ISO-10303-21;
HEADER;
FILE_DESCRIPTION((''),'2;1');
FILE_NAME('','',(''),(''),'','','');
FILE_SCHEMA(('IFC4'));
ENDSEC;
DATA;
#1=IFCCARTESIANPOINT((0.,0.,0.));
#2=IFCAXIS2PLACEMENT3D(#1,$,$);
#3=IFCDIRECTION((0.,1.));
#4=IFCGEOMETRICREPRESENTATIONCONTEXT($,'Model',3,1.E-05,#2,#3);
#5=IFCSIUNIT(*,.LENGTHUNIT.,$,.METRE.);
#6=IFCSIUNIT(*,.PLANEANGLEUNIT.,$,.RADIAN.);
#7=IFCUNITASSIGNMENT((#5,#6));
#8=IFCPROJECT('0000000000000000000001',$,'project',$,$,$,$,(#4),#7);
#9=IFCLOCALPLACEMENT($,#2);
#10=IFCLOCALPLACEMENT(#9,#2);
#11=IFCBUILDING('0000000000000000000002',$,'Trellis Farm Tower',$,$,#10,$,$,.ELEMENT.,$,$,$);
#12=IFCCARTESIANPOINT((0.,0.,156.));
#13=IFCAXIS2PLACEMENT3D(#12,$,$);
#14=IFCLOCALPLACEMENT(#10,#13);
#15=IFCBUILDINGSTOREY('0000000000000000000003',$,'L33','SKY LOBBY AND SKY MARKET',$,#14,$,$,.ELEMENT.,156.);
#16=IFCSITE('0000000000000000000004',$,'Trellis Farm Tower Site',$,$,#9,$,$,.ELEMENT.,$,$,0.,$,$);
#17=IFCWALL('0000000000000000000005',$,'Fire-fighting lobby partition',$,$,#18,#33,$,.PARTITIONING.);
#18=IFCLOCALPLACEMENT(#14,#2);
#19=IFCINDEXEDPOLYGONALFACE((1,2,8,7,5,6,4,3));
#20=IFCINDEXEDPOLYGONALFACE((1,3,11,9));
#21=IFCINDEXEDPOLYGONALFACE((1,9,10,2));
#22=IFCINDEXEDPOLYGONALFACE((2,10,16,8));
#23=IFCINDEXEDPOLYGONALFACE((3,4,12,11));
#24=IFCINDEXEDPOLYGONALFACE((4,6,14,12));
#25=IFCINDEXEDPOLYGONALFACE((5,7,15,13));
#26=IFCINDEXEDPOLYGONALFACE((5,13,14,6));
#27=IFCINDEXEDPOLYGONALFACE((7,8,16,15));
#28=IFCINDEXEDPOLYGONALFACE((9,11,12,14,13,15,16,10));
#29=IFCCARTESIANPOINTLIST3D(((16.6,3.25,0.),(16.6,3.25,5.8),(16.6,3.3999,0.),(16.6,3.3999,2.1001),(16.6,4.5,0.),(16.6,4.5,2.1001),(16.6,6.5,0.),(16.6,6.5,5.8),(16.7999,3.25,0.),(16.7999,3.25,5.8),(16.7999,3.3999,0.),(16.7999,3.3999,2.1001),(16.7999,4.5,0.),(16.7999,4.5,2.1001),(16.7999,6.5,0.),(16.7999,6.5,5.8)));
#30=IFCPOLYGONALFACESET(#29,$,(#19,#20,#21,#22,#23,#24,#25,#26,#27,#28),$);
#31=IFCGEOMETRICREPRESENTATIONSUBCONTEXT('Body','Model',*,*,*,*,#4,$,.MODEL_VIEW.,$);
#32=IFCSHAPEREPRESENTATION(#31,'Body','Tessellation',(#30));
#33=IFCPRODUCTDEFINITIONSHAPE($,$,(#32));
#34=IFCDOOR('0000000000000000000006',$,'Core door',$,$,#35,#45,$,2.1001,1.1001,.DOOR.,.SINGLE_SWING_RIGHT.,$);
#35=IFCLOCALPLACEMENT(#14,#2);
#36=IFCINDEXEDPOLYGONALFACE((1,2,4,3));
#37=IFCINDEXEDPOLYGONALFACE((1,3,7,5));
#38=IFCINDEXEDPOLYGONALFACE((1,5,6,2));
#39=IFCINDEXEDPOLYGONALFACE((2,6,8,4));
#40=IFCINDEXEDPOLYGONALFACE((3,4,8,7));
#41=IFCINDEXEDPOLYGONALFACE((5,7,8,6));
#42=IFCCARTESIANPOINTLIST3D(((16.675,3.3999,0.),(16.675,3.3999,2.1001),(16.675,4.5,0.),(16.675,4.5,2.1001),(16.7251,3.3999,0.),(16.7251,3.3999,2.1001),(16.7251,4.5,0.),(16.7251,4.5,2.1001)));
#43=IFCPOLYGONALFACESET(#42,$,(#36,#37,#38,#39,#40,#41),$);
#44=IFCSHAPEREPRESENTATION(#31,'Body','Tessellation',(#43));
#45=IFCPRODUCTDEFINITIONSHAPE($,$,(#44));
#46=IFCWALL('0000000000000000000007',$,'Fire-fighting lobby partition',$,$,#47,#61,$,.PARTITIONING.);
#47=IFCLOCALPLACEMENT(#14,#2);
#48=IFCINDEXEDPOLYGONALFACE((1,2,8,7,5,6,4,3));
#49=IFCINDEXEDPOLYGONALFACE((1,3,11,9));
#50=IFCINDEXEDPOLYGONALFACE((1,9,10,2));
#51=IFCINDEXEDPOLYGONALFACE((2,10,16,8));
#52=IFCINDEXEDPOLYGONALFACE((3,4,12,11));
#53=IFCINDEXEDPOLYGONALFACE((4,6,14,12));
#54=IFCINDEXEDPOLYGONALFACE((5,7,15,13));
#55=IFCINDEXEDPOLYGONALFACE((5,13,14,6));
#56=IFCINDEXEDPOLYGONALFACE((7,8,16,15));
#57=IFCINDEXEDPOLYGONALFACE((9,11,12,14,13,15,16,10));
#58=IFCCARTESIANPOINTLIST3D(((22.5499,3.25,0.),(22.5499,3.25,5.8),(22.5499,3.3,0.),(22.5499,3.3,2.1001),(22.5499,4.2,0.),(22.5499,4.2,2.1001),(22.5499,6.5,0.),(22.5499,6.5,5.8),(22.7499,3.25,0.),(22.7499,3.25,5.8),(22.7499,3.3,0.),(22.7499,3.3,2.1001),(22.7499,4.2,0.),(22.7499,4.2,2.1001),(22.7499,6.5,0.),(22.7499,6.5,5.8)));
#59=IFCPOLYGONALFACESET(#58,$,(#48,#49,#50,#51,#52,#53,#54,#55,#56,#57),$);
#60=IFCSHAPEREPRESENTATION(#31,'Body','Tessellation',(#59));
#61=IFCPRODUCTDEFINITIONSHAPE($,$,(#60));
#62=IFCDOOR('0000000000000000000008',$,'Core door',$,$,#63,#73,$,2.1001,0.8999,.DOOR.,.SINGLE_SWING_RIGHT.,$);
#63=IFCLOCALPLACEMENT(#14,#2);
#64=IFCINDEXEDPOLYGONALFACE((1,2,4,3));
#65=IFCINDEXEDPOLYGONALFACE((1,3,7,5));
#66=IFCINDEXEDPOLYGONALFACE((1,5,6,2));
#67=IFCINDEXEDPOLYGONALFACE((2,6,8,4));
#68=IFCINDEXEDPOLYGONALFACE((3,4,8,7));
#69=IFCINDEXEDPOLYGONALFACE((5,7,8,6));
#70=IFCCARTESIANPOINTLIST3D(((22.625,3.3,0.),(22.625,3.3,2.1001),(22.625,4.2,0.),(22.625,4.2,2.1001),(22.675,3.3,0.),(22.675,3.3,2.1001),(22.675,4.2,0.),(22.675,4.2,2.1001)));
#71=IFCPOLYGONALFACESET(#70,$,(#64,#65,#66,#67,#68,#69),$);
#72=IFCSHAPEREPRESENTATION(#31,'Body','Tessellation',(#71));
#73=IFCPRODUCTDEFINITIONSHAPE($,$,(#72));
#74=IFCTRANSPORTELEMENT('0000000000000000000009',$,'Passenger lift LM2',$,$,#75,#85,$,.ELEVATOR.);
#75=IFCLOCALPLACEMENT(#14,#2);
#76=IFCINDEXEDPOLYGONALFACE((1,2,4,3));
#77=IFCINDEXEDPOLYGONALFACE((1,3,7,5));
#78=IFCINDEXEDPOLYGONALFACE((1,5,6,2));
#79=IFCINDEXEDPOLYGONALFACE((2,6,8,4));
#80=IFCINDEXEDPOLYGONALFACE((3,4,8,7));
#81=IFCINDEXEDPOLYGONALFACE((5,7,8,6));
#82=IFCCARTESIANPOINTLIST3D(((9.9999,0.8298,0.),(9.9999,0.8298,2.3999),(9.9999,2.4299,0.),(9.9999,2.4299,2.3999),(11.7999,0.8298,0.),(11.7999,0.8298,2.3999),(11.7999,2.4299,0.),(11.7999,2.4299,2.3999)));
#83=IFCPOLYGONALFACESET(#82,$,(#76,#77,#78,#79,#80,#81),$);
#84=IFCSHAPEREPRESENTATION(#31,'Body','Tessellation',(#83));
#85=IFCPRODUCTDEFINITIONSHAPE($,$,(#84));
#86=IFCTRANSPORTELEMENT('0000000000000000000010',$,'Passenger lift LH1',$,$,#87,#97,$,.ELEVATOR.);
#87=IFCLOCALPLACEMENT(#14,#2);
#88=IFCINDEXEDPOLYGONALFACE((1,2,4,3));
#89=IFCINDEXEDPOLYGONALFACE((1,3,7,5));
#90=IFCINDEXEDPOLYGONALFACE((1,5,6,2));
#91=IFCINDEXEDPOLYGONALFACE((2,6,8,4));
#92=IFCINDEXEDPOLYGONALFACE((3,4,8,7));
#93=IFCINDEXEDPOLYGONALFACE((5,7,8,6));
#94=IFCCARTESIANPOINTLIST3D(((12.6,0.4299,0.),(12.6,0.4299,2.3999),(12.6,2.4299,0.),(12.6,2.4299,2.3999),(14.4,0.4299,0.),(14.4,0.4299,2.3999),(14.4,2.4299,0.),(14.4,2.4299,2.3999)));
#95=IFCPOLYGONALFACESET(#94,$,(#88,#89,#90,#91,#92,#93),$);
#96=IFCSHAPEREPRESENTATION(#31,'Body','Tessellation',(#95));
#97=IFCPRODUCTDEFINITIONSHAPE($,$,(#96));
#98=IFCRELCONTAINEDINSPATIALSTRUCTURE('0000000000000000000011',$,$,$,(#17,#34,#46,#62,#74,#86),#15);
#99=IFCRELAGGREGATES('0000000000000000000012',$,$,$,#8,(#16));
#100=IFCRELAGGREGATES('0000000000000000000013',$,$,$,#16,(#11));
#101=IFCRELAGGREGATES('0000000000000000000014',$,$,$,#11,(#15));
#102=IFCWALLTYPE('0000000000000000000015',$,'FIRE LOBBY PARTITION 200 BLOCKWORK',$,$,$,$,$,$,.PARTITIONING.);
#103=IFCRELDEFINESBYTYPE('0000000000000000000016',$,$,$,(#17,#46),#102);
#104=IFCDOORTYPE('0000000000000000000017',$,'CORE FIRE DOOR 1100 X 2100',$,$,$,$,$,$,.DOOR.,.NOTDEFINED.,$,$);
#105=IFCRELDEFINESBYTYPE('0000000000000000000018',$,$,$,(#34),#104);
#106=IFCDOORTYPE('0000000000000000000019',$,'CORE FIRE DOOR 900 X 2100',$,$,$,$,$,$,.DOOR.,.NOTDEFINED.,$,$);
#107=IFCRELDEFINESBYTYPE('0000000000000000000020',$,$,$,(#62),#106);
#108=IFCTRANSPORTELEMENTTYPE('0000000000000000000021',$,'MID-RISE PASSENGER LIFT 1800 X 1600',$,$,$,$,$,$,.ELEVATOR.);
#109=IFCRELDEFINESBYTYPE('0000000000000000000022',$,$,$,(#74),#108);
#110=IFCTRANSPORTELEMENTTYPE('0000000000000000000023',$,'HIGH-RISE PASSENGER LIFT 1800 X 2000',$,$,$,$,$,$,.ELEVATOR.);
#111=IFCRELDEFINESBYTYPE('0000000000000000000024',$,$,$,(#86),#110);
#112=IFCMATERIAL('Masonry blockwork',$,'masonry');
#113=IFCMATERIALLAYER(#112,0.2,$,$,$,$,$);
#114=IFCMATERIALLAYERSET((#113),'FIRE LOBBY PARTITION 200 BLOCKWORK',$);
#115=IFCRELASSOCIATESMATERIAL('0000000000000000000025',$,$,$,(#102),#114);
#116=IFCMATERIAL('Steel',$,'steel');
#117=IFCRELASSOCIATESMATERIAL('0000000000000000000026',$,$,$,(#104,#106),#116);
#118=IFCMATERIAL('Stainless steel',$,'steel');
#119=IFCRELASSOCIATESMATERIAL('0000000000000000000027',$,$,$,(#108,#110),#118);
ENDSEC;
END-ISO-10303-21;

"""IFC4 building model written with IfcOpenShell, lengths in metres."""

from ifc_helpers import new_model, si_unit, direction, frame, frame_2d, origin, origin_2d, place, context, subcontext, project, spatial, rectangle, extrude, source, transform, mapped, material, layer, layer_set, type_object, element, fill, save


model = new_model("IFC4")

# Units and contexts
model_context = context("Model", 3, precision=1e-05, world=origin(), true_north=direction((0.0, 1.0)))
body_context = subcontext(model_context, "Body", "Model", "MODEL_VIEW")
ifc_project = project(units=[si_unit("LENGTHUNIT", "METRE"), si_unit("PLANEANGLEUNIT", "RADIAN")], contexts=[model_context])

# Site, building, storey
site_placement = place(None, origin())
site = spatial("IfcSite", under=ifc_project, at=site_placement, Name="Trellis Farm Tower Site", CompositionType="ELEMENT", RefElevation=0.0)
building_placement = place(site_placement, origin())
building = spatial("IfcBuilding", under=site, at=building_placement, Name="Trellis Farm Tower", CompositionType="ELEMENT")
storey_placement = place(building_placement, frame((0.0, 0.0, 156.0)))
storey = spatial("IfcBuildingStorey", under=building, at=storey_placement, Name="L33", Description="SKY LOBBY AND SKY MARKET", CompositionType="ELEMENT", Elevation=156.0)

# Walls, openings, doors
ifc_material_1 = material(Name="Masonry blockwork", Category="masonry")
ifc_layer_1 = layer(ifc_material_1, 0.2)
ifc_layer_set_1 = layer_set([ifc_layer_1], Name="FIRE LOBBY PARTITION 200 BLOCKWORK")
wall_type_1 = type_object("IfcWallType", Name="FIRE LOBBY PARTITION 200 BLOCKWORK", PredefinedType="PARTITIONING", material=ifc_layer_set_1)
shared_shape_1 = source(origin(), body_context, "Body", "SweptSolid", [
    extrude(rectangle(XDim=3.25, YDim=0.2, at=frame_2d((1.625, 0.0))), origin(), (0.0, 0.0, 1.0), 5.8),
])
wall_1_placement = place(storey_placement, frame((16.7, 3.25, 0.0), z_axis=(0.0, 0.0, 1.0), x_axis=(0.0, 1.0, 0.0)))
wall_1 = element("IfcWall", 1, at=wall_1_placement, inside=storey, type_object=wall_type_1, Name="Fire-fighting lobby partition", PredefinedType="PARTITIONING", context=body_context, shape_type="MappedRepresentation", body=[
    mapped(shared_shape_1, transform((0.0, 0.0, 0.0))),
])
shared_shape_2 = source(origin(), body_context, "Body", "SweptSolid", [
    extrude(rectangle(XDim=1.1001, YDim=2.1001, at=frame_2d((0.55, 1.05))), frame((0.0, 0.1101, 0.0), z_axis=(0.0, -1.0, 0.0), x_axis=(1.0, 0.0, 0.0)), (0.0, 0.0, 1.0), 0.2202),
])
opening_1_placement = place(wall_1_placement, frame((0.1499, 0.0, 0.0)))
opening_1 = element("IfcOpeningElement", 2, at=opening_1_placement, cuts=wall_1, PredefinedType="OPENING", context=body_context, shape_type="MappedRepresentation", body=[
    mapped(shared_shape_2, transform((0.0, 0.0, 0.0))),
])
ifc_material_2 = material(Name="Steel", Category="steel")
door_type_1 = type_object("IfcDoorType", Name="CORE FIRE DOOR 1100 X 2100", OperationType="NOTDEFINED", PredefinedType="DOOR", material=ifc_material_2)
shared_shape_3 = source(origin(), body_context, "Body", "SweptSolid", [
    extrude(rectangle(XDim=1.1001, YDim=2.1001, at=frame_2d((0.55, 1.05))), frame((0.0, 0.0249, 0.0), z_axis=(0.0, -1.0, 0.0), x_axis=(1.0, 0.0, 0.0)), (0.0, 0.0, 1.0), 0.05),
])
door_1_placement = place(opening_1_placement, origin())
door_1 = element("IfcDoor", 3, at=door_1_placement, inside=storey, type_object=door_type_1, Name="Core door", OperationType="SINGLE_SWING_RIGHT", OverallHeight=2.1001, OverallWidth=1.1001, PredefinedType="DOOR", context=body_context, shape_type="MappedRepresentation", body=[
    mapped(shared_shape_3, transform((0.0, 0.0, 0.0))),
])
fill(opening_1, door_1)
wall_2_placement = place(storey_placement, frame((22.6499, 3.25, 0.0), z_axis=(0.0, 0.0, 1.0), x_axis=(0.0, 1.0, 0.0)))
wall_2 = element("IfcWall", 4, at=wall_2_placement, inside=storey, type_object=wall_type_1, Name="Fire-fighting lobby partition", PredefinedType="PARTITIONING", context=body_context, shape_type="MappedRepresentation", body=[
    mapped(shared_shape_1, transform((0.0, 0.0, 0.0))),
])
shared_shape_4 = source(origin(), body_context, "Body", "SweptSolid", [
    extrude(rectangle(XDim=0.8999, YDim=2.1001, at=frame_2d((0.45, 1.05))), frame((0.0, 0.1101, 0.0), z_axis=(0.0, -1.0, 0.0), x_axis=(1.0, 0.0, 0.0)), (0.0, 0.0, 1.0), 0.2202),
])
opening_2_placement = place(wall_2_placement, frame((0.05, 0.0, 0.0)))
opening_2 = element("IfcOpeningElement", 5, at=opening_2_placement, cuts=wall_2, PredefinedType="OPENING", context=body_context, shape_type="MappedRepresentation", body=[
    mapped(shared_shape_4, transform((0.0, 0.0, 0.0))),
])
door_type_2 = type_object("IfcDoorType", Name="CORE FIRE DOOR 900 X 2100", OperationType="NOTDEFINED", PredefinedType="DOOR", material=ifc_material_2)
shared_shape_5 = source(origin(), body_context, "Body", "SweptSolid", [
    extrude(rectangle(XDim=0.8999, YDim=2.1001, at=frame_2d((0.45, 1.05))), frame((0.0, 0.0249, 0.0), z_axis=(0.0, -1.0, 0.0), x_axis=(1.0, 0.0, 0.0)), (0.0, 0.0, 1.0), 0.05),
])
door_2_placement = place(opening_2_placement, origin())
door_2 = element("IfcDoor", 6, at=door_2_placement, inside=storey, type_object=door_type_2, Name="Core door", OperationType="SINGLE_SWING_RIGHT", OverallHeight=2.1001, OverallWidth=0.8999, PredefinedType="DOOR", context=body_context, shape_type="MappedRepresentation", body=[
    mapped(shared_shape_5, transform((0.0, 0.0, 0.0))),
])
fill(opening_2, door_2)

# Transport elements
ifc_material_3 = material(Name="Stainless steel", Category="steel")
transport_element_type_1 = type_object("IfcTransportElementType", Name="MID-RISE PASSENGER LIFT 1800 X 1600", PredefinedType="ELEVATOR", material=ifc_material_3)
shared_shape_6 = source(origin(), body_context, "Body", "SweptSolid", [
    extrude(rectangle(XDim=1.8, YDim=1.6001, at=origin_2d()), origin(), (0.0, 0.0, 1.0), 2.3999),
])
transport_element_1_placement = place(storey_placement, frame((10.8999, 1.6299, 0.0), z_axis=(0.0, 0.0, 1.0), x_axis=(1.0, 0.0, 0.0)))
element("IfcTransportElement", 7, at=transport_element_1_placement, inside=storey, type_object=transport_element_type_1, Name="Passenger lift LM2", PredefinedType="ELEVATOR", context=body_context, shape_type="MappedRepresentation", body=[
    mapped(shared_shape_6, transform((0.0, 0.0, 0.0))),
])
transport_element_type_2 = type_object("IfcTransportElementType", Name="HIGH-RISE PASSENGER LIFT 1800 X 2000", PredefinedType="ELEVATOR", material=ifc_material_3)
shared_shape_7 = source(origin(), body_context, "Body", "SweptSolid", [
    extrude(rectangle(XDim=1.8, YDim=2.0, at=origin_2d()), origin(), (0.0, 0.0, 1.0), 2.3999),
])
transport_element_2_placement = place(storey_placement, frame((13.5, 1.4299, 0.0), z_axis=(0.0, 0.0, 1.0), x_axis=(1.0, 0.0, 0.0)))
element("IfcTransportElement", 8, at=transport_element_2_placement, inside=storey, type_object=transport_element_type_2, Name="Passenger lift LH1", PredefinedType="ELEVATOR", context=body_context, shape_type="MappedRepresentation", body=[
    mapped(shared_shape_7, transform((0.0, 0.0, 0.0))),
])

save(model, "model.ifc")
